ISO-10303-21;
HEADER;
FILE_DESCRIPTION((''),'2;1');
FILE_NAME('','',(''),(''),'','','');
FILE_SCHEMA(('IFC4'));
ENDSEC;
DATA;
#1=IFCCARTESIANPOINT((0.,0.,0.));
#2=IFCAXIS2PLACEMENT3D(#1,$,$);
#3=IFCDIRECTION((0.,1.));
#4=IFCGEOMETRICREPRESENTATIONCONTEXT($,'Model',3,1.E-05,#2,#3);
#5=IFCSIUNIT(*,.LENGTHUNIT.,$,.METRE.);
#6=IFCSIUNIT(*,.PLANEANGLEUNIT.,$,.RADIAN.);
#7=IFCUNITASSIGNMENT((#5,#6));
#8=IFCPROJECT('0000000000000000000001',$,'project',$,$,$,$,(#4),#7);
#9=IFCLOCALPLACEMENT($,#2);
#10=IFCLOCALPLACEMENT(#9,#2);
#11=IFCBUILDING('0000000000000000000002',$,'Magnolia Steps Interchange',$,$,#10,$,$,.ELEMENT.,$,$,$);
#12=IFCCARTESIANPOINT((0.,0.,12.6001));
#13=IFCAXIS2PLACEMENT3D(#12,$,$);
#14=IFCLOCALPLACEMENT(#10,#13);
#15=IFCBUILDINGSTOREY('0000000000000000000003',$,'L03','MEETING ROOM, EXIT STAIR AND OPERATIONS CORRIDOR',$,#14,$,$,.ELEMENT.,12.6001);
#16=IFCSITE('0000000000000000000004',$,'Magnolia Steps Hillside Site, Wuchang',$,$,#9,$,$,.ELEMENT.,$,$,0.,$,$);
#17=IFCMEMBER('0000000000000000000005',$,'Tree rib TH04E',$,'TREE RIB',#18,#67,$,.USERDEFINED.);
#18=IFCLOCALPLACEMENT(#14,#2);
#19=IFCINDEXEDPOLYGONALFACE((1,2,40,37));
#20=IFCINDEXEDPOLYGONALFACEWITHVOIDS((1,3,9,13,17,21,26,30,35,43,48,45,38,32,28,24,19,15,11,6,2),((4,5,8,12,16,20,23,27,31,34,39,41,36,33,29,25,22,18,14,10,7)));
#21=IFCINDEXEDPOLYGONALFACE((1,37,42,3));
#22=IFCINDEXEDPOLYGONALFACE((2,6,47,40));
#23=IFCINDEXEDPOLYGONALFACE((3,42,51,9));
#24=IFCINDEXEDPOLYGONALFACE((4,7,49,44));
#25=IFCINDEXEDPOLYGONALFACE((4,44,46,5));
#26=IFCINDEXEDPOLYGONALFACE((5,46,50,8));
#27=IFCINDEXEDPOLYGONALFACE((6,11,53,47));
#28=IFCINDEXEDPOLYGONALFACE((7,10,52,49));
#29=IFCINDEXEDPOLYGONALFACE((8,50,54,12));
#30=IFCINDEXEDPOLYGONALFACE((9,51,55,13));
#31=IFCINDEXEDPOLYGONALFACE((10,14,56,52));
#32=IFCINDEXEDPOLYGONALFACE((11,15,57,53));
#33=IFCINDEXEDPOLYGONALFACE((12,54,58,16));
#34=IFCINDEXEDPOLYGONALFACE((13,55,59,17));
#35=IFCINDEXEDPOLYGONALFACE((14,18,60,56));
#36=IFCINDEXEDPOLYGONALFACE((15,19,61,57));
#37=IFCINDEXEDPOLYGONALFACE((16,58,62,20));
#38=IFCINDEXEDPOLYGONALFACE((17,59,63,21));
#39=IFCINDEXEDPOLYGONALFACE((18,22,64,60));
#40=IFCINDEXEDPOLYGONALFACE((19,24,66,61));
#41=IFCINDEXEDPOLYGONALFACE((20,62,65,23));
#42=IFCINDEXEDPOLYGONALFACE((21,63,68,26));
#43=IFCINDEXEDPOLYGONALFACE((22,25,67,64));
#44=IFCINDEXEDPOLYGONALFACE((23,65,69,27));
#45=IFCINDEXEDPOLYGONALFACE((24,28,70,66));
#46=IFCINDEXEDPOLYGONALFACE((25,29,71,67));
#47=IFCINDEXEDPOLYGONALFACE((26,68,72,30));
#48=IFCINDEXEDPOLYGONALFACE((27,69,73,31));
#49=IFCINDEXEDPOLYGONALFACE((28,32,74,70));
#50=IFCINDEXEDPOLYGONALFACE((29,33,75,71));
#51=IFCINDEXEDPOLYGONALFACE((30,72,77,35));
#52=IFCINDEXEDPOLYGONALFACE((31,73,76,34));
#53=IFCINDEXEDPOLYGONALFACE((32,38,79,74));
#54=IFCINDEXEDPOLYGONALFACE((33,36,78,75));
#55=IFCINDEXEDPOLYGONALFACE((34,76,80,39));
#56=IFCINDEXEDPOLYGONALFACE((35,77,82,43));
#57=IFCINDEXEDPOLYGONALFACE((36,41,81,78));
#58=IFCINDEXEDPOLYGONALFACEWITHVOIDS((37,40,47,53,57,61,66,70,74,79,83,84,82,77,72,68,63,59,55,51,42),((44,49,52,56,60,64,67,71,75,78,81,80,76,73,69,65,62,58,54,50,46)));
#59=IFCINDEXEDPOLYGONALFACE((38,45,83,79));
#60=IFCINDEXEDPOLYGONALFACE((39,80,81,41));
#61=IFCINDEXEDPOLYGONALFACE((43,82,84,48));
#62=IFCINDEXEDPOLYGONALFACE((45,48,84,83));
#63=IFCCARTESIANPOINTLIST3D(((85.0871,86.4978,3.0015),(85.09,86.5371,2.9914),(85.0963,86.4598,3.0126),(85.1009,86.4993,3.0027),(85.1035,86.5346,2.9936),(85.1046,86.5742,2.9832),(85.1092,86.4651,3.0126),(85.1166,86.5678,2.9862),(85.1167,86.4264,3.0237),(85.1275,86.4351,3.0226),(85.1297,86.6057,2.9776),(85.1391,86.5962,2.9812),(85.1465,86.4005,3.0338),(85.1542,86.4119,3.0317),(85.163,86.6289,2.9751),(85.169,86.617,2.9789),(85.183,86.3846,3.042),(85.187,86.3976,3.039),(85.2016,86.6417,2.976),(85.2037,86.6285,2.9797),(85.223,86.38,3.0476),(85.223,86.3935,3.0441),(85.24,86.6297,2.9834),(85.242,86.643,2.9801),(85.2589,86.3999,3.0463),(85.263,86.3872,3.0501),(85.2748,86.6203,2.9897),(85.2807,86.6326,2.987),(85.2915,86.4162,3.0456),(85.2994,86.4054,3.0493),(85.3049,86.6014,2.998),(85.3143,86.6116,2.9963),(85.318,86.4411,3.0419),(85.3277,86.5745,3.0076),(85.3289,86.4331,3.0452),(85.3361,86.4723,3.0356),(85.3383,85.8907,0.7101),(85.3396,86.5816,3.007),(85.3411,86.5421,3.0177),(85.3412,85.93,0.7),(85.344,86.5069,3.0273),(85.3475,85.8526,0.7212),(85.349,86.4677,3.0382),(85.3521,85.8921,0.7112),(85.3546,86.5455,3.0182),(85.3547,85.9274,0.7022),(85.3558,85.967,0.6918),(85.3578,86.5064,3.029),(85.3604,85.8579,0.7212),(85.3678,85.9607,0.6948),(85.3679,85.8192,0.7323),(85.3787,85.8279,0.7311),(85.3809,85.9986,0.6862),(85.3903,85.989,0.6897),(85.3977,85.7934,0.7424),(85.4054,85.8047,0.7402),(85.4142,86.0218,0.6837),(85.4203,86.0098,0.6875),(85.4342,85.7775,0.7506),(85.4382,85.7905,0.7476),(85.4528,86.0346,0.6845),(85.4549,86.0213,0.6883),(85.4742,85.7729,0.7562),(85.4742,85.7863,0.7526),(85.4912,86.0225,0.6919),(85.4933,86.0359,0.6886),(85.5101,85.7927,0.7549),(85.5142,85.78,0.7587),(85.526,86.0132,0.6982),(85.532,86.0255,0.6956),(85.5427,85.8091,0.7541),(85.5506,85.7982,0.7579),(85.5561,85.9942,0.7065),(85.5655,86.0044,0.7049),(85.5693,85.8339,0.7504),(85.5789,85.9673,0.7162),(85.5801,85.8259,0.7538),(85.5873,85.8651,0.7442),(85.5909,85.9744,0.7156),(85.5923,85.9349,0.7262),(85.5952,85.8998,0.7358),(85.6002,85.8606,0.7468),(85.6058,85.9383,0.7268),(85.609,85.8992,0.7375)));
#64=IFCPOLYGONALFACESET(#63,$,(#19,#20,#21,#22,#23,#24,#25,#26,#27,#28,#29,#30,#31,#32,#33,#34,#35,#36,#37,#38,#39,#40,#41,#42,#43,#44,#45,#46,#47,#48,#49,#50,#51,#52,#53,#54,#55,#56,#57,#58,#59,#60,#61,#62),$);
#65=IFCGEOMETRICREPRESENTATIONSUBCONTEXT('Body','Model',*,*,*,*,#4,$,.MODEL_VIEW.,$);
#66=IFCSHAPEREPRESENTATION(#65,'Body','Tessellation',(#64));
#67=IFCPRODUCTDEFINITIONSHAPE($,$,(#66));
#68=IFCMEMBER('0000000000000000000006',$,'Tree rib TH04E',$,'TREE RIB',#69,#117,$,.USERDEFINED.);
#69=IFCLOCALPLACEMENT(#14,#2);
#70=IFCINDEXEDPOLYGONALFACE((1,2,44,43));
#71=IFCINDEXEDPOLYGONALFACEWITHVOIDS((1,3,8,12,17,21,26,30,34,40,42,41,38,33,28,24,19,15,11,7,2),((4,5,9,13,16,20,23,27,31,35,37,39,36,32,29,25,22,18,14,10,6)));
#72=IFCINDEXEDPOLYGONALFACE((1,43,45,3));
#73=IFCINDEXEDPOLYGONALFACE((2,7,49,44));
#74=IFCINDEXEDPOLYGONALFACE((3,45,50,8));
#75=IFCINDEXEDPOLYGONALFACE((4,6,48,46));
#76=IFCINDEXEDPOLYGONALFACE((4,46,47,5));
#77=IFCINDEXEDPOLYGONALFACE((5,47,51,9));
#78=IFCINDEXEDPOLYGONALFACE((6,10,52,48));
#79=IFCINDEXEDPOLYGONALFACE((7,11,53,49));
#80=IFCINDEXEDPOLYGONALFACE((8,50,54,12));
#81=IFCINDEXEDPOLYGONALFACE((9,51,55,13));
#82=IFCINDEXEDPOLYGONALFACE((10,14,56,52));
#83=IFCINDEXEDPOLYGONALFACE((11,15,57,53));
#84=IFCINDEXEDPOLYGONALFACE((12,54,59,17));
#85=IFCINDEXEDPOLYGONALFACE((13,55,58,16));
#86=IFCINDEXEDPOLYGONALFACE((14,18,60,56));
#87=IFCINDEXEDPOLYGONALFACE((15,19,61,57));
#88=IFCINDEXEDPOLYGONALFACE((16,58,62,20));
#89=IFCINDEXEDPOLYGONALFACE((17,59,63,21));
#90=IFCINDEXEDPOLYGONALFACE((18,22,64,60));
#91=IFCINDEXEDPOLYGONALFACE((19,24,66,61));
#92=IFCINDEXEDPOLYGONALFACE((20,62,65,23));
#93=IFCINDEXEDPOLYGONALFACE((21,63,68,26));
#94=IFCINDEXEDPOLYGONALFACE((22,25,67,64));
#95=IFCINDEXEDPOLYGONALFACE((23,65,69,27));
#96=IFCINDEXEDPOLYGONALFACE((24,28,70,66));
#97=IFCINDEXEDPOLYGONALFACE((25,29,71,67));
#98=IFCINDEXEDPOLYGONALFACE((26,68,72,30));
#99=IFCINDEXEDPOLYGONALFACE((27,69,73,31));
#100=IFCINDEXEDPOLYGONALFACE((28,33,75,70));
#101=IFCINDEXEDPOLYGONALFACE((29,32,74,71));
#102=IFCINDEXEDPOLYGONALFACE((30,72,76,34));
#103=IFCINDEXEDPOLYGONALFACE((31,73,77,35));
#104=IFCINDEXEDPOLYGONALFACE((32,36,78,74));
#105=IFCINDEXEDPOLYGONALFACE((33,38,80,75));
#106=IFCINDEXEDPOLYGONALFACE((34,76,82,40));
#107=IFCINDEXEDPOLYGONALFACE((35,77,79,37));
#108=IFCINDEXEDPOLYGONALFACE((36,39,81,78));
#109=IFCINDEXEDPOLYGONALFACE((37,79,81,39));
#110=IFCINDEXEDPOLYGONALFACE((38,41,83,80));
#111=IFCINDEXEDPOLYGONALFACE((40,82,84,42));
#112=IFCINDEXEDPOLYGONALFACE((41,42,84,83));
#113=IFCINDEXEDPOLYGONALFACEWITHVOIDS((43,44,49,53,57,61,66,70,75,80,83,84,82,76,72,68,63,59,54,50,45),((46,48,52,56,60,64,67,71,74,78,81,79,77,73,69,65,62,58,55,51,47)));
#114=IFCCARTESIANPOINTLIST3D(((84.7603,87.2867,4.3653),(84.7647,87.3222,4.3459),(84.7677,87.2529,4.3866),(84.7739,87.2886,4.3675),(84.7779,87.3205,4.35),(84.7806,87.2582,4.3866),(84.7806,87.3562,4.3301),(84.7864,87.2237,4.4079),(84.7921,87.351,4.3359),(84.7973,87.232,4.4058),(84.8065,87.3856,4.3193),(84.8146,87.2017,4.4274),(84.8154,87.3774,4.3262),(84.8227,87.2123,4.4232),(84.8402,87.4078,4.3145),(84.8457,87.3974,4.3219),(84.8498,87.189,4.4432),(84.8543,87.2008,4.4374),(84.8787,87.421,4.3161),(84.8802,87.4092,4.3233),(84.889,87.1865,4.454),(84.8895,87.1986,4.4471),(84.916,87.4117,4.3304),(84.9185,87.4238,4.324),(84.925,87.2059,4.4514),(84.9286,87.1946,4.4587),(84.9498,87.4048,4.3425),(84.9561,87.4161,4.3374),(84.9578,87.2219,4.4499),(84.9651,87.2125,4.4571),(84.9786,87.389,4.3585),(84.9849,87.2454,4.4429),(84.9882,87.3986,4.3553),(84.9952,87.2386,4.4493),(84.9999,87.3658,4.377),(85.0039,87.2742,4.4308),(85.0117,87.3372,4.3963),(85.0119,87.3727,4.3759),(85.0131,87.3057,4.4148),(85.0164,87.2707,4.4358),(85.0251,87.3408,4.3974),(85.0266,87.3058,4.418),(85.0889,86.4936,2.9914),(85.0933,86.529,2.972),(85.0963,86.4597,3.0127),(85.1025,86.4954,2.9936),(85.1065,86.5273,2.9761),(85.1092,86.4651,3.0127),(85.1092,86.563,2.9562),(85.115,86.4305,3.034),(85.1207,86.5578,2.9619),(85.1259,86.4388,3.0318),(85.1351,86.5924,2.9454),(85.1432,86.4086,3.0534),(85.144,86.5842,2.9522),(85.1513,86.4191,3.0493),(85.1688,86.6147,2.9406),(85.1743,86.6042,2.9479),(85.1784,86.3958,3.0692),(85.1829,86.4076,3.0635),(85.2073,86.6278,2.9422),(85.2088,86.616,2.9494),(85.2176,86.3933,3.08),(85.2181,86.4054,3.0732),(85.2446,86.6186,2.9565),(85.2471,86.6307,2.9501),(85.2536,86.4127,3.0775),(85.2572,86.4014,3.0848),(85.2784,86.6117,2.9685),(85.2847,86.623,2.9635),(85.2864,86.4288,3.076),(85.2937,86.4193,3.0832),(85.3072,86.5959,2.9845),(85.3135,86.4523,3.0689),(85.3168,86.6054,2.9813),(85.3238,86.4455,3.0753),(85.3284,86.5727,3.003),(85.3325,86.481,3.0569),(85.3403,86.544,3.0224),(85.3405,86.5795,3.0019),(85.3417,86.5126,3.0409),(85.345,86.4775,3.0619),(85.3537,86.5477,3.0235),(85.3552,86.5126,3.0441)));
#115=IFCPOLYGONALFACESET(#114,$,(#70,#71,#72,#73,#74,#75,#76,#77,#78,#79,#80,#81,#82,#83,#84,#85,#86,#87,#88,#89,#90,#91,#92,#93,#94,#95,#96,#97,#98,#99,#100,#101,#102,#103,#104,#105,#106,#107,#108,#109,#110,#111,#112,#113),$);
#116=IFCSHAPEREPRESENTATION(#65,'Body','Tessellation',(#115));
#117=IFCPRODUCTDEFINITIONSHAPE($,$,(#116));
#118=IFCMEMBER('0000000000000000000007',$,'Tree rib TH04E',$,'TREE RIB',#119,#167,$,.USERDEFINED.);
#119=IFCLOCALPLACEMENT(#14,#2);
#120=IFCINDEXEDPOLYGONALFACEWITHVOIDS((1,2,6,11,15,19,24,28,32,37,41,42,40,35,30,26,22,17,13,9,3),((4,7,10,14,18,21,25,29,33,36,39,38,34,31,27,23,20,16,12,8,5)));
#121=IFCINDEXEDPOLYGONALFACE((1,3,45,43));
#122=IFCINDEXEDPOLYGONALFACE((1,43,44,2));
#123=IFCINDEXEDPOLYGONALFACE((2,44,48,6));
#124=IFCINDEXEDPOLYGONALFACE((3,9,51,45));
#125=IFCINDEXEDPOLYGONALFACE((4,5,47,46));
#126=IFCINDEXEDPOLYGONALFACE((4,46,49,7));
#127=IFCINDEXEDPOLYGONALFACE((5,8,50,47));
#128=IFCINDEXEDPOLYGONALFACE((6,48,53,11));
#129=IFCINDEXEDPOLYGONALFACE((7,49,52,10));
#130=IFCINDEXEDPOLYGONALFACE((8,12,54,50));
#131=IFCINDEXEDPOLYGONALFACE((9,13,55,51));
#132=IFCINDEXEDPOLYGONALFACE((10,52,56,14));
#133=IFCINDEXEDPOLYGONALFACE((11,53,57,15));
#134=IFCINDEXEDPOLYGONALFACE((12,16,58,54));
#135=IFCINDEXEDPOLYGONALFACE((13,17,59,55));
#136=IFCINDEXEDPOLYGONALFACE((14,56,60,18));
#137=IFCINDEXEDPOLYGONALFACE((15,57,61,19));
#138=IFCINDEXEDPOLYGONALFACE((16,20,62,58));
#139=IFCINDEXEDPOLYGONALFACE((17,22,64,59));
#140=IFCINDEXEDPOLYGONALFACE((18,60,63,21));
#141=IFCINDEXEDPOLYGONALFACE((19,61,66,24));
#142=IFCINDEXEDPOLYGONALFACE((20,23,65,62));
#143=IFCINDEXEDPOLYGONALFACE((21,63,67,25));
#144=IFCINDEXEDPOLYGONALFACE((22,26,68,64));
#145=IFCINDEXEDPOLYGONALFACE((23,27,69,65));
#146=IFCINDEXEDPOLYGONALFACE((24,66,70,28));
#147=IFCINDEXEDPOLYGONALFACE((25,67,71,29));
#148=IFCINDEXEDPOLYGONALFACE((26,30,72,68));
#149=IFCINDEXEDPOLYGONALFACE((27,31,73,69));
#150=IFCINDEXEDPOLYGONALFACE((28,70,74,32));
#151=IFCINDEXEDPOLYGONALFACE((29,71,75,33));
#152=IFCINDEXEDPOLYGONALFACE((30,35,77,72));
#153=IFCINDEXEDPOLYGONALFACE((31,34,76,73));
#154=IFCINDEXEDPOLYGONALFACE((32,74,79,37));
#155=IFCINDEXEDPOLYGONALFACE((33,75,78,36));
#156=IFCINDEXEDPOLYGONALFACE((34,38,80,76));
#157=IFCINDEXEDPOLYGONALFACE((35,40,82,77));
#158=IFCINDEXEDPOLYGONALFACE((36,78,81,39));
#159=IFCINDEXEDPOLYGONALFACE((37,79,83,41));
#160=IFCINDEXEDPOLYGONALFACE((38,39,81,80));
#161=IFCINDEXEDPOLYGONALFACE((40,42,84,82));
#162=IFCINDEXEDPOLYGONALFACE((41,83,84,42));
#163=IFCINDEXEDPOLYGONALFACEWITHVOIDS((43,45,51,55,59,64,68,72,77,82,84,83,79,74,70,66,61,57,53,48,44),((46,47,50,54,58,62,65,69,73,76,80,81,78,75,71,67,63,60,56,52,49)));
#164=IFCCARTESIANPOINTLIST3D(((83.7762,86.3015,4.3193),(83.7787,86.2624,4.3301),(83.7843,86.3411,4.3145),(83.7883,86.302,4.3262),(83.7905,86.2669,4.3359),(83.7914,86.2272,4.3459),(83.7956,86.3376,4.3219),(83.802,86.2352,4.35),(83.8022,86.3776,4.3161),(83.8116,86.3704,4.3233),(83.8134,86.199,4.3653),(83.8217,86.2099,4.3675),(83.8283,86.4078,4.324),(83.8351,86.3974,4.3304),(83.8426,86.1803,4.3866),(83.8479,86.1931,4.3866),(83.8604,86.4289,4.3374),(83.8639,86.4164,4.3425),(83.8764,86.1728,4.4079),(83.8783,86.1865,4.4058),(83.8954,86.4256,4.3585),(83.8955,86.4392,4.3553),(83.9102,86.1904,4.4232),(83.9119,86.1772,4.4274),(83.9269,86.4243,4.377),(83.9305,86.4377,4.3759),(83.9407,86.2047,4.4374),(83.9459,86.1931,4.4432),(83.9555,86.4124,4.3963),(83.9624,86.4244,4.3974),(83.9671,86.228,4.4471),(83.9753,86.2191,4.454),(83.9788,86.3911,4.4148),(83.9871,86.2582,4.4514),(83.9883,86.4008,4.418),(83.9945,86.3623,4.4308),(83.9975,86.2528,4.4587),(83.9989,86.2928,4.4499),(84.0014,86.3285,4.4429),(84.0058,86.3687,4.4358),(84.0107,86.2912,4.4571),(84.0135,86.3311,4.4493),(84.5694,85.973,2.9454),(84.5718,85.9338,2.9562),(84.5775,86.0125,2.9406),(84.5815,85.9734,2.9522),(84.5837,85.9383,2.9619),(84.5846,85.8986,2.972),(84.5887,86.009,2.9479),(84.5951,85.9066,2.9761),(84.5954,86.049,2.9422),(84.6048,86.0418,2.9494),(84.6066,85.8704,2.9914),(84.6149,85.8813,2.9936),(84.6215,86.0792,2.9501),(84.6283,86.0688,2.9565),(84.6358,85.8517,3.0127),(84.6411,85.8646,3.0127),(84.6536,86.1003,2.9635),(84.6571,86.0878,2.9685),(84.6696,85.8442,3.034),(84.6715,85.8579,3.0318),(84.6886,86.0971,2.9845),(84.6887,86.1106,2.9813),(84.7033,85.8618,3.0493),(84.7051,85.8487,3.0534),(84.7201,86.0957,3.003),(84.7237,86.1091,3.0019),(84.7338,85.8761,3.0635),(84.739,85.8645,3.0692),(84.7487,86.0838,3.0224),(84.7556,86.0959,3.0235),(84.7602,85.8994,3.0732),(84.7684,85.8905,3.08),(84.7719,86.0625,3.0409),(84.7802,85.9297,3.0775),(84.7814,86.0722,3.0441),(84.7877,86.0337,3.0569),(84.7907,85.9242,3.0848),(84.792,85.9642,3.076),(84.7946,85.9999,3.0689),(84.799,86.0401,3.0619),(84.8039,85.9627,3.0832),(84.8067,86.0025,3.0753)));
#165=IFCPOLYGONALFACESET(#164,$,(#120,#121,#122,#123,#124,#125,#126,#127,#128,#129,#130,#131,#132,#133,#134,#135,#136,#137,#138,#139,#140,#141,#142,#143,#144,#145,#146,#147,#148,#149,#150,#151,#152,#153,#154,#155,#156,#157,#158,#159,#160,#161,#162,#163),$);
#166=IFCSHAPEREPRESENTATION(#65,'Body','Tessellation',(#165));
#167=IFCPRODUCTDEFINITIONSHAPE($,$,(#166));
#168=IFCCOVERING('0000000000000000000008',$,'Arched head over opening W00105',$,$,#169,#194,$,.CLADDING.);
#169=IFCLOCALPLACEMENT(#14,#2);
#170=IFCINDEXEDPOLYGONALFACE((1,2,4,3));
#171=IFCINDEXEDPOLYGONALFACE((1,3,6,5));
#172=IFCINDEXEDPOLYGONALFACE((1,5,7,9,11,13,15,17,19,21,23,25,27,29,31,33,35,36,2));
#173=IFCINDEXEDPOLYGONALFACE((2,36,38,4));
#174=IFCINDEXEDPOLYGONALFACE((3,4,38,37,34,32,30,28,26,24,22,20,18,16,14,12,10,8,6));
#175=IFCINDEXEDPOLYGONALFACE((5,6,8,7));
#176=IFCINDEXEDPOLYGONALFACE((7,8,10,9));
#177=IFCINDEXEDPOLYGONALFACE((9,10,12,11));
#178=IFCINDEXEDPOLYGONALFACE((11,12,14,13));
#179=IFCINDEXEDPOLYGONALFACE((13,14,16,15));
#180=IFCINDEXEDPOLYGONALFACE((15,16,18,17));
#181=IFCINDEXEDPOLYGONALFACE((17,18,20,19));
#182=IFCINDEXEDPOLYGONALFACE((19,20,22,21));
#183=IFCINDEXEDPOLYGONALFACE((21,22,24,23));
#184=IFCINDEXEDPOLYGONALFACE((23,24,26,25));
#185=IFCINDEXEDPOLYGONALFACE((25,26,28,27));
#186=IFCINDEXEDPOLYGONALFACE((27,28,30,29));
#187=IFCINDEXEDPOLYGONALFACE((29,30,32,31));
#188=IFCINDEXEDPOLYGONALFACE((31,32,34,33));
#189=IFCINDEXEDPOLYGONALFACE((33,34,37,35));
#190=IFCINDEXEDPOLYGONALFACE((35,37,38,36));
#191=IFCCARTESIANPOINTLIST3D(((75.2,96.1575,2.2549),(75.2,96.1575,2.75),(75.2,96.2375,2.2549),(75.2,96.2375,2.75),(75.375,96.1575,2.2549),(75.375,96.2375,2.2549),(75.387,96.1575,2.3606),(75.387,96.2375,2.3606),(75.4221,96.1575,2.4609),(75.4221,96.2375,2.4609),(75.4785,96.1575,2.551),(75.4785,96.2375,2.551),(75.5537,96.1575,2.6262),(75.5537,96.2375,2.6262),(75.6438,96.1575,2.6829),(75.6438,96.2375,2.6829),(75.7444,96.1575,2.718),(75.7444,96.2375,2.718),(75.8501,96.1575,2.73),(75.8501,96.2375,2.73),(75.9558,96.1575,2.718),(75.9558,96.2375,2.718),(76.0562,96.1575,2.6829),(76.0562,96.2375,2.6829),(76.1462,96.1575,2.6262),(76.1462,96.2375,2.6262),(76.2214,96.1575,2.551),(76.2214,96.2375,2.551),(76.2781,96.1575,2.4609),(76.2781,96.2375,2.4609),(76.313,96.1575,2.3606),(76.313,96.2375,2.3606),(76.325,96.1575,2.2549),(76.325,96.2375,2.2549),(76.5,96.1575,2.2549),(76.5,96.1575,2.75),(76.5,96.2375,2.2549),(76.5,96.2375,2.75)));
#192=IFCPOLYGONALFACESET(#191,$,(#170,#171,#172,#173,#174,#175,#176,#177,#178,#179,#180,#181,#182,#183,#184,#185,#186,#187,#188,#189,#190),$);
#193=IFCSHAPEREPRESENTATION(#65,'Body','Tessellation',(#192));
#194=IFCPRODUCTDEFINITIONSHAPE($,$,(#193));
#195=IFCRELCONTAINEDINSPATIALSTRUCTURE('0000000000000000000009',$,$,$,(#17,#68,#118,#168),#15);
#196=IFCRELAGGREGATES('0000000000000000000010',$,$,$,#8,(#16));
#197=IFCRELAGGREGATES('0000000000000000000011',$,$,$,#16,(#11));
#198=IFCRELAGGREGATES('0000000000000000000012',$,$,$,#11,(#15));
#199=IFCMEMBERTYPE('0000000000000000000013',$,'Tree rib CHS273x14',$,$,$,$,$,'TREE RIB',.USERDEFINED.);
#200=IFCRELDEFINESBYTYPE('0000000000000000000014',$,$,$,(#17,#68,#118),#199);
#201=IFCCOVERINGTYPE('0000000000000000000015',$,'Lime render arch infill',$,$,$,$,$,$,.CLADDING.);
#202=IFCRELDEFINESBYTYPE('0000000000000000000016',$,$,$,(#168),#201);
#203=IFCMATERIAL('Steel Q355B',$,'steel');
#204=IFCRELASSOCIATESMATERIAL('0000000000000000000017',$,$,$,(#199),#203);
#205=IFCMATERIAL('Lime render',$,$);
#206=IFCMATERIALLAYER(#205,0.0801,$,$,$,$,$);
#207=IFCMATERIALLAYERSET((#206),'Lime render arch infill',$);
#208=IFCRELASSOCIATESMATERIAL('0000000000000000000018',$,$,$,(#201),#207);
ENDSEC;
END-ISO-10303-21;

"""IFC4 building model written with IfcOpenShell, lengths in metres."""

from ifc_helpers import new_model, si_unit, direction, frame, origin, origin_2d, place, context, subcontext, project, spatial, polyline, hollow_circle, outline, extrude, material, layer, layer_set, material_profile, profile_set, type_object, element, save


model = new_model("IFC4")

# Units and contexts
model_context = context("Model", 3, precision=1e-05, world=origin(), true_north=direction((0.0, 1.0)))
body_context = subcontext(model_context, "Body", "Model", "MODEL_VIEW")
ifc_project = project(units=[si_unit("LENGTHUNIT", "METRE"), si_unit("PLANEANGLEUNIT", "RADIAN")], contexts=[model_context])

# Site, building, storey
site_placement = place(None, origin())
site = spatial("IfcSite", under=ifc_project, at=site_placement, Name="Magnolia Steps Hillside Site, Wuchang", CompositionType="ELEMENT", RefElevation=0.0)
building_placement = place(site_placement, origin())
building = spatial("IfcBuilding", under=site, at=building_placement, Name="Magnolia Steps Interchange", CompositionType="ELEMENT")
storey_placement = place(building_placement, frame((0.0, 0.0, 12.6001)))
storey = spatial("IfcBuildingStorey", under=building, at=storey_placement, Name="L03", Description="MEETING ROOM, EXIT STAIR AND OPERATIONS CORRIDOR", CompositionType="ELEMENT", Elevation=12.6001)

# Members
ifc_material_1 = material(Name="Steel Q355B", Category="steel")
ifc_material_profile = material_profile(ifc_material_1, hollow_circle(Radius=0.1365, WallThickness=0.0139, at=origin_2d()), Name="CHS273x14")
ifc_profile_set = profile_set([ifc_material_profile], Name="Steel Q355B")
member_type = type_object("IfcMemberType", Name="Tree rib CHS273x14", ElementType="TREE RIB", PredefinedType="USERDEFINED", material=ifc_profile_set)
member_1_placement = place(storey_placement, frame((85.4736, 85.9048, 0.7212), z_axis=(-0.105384, 0.254704, 0.96126), x_axis=(-0.92403, -0.382319, 0.0)))
element("IfcMember", 1, at=member_1_placement, inside=storey, type_object=member_type, Name="Tree rib TH04E", ObjectType="TREE RIB", PredefinedType="USERDEFINED", context=body_context, shape_type="SweptSolid", body=[
    extrude(hollow_circle(Radius=0.1365, WallThickness=0.0139, at=origin_2d()), origin(), (0.0, 0.0, 1.0), 2.3838),
])
for number, where, z_axis, x_axis, name in (
    (2, (85.2224, 86.512, 3.0127), (-0.20282, 0.489571, 0.848047), (-0.923857, -0.382737, 0.0), "Tree rib TH04E"),
    (3, (84.688, 85.9778, 3.0127), (-0.489571, 0.20282, 0.848047), (-0.382737, -0.923857, 0.0), "Tree rib TH04E"),
):
    element("IfcMember", number, at=place(storey_placement, frame(where, z_axis=z_axis, x_axis=x_axis)), inside=storey, type_object=member_type, Name=name, ObjectType="TREE RIB", PredefinedType="USERDEFINED", context=body_context, shape_type="SweptSolid", body=[
        extrude(hollow_circle(Radius=0.1365, WallThickness=0.0139, at=origin_2d()), origin(), (0.0, 0.0, 1.0), 1.6201),
    ])

# Covering
ifc_material_2 = material(Name="Lime render")
ifc_layer_1 = layer(ifc_material_2, 0.0801)
ifc_layer_set_1 = layer_set([ifc_layer_1], Name="Lime render arch infill")
covering_type_1 = type_object("IfcCoveringType", Name="Lime render arch infill", PredefinedType="CLADDING", material=ifc_layer_set_1)
covering_1_placement = place(storey_placement, frame((75.2, 96.2375, 2.2549), z_axis=(0.0, 1.0, 0.0), x_axis=(0.0, 0.0, 1.0)))
element("IfcCovering", 4, at=covering_1_placement, inside=storey, type_object=covering_type_1, Name="Arched head over opening W00105", PredefinedType="CLADDING", context=body_context, shape_type="SweptSolid", body=[
    extrude(outline(polyline([(0.0, 0.0), (0.4951, 0.0), (0.4951, 1.3), (0.0, 1.3), (0.0, 1.125), (0.1057, 1.113), (0.2061, 1.0781), (0.2961, 1.0215), (0.3713, 0.9463), (0.428, 0.8562), (0.4631, 0.7559), (0.4751, 0.6501), (0.4631, 0.5444), (0.428, 0.4438), (0.3713, 0.3538), (0.2961, 0.2786), (0.2061, 0.2222), (0.1057, 0.187), (0.0, 0.175), (0.0, 0.0)])), origin(), (0.0, 0.0, -1.0), 0.0801),
])

save(model, "model.ifc")
